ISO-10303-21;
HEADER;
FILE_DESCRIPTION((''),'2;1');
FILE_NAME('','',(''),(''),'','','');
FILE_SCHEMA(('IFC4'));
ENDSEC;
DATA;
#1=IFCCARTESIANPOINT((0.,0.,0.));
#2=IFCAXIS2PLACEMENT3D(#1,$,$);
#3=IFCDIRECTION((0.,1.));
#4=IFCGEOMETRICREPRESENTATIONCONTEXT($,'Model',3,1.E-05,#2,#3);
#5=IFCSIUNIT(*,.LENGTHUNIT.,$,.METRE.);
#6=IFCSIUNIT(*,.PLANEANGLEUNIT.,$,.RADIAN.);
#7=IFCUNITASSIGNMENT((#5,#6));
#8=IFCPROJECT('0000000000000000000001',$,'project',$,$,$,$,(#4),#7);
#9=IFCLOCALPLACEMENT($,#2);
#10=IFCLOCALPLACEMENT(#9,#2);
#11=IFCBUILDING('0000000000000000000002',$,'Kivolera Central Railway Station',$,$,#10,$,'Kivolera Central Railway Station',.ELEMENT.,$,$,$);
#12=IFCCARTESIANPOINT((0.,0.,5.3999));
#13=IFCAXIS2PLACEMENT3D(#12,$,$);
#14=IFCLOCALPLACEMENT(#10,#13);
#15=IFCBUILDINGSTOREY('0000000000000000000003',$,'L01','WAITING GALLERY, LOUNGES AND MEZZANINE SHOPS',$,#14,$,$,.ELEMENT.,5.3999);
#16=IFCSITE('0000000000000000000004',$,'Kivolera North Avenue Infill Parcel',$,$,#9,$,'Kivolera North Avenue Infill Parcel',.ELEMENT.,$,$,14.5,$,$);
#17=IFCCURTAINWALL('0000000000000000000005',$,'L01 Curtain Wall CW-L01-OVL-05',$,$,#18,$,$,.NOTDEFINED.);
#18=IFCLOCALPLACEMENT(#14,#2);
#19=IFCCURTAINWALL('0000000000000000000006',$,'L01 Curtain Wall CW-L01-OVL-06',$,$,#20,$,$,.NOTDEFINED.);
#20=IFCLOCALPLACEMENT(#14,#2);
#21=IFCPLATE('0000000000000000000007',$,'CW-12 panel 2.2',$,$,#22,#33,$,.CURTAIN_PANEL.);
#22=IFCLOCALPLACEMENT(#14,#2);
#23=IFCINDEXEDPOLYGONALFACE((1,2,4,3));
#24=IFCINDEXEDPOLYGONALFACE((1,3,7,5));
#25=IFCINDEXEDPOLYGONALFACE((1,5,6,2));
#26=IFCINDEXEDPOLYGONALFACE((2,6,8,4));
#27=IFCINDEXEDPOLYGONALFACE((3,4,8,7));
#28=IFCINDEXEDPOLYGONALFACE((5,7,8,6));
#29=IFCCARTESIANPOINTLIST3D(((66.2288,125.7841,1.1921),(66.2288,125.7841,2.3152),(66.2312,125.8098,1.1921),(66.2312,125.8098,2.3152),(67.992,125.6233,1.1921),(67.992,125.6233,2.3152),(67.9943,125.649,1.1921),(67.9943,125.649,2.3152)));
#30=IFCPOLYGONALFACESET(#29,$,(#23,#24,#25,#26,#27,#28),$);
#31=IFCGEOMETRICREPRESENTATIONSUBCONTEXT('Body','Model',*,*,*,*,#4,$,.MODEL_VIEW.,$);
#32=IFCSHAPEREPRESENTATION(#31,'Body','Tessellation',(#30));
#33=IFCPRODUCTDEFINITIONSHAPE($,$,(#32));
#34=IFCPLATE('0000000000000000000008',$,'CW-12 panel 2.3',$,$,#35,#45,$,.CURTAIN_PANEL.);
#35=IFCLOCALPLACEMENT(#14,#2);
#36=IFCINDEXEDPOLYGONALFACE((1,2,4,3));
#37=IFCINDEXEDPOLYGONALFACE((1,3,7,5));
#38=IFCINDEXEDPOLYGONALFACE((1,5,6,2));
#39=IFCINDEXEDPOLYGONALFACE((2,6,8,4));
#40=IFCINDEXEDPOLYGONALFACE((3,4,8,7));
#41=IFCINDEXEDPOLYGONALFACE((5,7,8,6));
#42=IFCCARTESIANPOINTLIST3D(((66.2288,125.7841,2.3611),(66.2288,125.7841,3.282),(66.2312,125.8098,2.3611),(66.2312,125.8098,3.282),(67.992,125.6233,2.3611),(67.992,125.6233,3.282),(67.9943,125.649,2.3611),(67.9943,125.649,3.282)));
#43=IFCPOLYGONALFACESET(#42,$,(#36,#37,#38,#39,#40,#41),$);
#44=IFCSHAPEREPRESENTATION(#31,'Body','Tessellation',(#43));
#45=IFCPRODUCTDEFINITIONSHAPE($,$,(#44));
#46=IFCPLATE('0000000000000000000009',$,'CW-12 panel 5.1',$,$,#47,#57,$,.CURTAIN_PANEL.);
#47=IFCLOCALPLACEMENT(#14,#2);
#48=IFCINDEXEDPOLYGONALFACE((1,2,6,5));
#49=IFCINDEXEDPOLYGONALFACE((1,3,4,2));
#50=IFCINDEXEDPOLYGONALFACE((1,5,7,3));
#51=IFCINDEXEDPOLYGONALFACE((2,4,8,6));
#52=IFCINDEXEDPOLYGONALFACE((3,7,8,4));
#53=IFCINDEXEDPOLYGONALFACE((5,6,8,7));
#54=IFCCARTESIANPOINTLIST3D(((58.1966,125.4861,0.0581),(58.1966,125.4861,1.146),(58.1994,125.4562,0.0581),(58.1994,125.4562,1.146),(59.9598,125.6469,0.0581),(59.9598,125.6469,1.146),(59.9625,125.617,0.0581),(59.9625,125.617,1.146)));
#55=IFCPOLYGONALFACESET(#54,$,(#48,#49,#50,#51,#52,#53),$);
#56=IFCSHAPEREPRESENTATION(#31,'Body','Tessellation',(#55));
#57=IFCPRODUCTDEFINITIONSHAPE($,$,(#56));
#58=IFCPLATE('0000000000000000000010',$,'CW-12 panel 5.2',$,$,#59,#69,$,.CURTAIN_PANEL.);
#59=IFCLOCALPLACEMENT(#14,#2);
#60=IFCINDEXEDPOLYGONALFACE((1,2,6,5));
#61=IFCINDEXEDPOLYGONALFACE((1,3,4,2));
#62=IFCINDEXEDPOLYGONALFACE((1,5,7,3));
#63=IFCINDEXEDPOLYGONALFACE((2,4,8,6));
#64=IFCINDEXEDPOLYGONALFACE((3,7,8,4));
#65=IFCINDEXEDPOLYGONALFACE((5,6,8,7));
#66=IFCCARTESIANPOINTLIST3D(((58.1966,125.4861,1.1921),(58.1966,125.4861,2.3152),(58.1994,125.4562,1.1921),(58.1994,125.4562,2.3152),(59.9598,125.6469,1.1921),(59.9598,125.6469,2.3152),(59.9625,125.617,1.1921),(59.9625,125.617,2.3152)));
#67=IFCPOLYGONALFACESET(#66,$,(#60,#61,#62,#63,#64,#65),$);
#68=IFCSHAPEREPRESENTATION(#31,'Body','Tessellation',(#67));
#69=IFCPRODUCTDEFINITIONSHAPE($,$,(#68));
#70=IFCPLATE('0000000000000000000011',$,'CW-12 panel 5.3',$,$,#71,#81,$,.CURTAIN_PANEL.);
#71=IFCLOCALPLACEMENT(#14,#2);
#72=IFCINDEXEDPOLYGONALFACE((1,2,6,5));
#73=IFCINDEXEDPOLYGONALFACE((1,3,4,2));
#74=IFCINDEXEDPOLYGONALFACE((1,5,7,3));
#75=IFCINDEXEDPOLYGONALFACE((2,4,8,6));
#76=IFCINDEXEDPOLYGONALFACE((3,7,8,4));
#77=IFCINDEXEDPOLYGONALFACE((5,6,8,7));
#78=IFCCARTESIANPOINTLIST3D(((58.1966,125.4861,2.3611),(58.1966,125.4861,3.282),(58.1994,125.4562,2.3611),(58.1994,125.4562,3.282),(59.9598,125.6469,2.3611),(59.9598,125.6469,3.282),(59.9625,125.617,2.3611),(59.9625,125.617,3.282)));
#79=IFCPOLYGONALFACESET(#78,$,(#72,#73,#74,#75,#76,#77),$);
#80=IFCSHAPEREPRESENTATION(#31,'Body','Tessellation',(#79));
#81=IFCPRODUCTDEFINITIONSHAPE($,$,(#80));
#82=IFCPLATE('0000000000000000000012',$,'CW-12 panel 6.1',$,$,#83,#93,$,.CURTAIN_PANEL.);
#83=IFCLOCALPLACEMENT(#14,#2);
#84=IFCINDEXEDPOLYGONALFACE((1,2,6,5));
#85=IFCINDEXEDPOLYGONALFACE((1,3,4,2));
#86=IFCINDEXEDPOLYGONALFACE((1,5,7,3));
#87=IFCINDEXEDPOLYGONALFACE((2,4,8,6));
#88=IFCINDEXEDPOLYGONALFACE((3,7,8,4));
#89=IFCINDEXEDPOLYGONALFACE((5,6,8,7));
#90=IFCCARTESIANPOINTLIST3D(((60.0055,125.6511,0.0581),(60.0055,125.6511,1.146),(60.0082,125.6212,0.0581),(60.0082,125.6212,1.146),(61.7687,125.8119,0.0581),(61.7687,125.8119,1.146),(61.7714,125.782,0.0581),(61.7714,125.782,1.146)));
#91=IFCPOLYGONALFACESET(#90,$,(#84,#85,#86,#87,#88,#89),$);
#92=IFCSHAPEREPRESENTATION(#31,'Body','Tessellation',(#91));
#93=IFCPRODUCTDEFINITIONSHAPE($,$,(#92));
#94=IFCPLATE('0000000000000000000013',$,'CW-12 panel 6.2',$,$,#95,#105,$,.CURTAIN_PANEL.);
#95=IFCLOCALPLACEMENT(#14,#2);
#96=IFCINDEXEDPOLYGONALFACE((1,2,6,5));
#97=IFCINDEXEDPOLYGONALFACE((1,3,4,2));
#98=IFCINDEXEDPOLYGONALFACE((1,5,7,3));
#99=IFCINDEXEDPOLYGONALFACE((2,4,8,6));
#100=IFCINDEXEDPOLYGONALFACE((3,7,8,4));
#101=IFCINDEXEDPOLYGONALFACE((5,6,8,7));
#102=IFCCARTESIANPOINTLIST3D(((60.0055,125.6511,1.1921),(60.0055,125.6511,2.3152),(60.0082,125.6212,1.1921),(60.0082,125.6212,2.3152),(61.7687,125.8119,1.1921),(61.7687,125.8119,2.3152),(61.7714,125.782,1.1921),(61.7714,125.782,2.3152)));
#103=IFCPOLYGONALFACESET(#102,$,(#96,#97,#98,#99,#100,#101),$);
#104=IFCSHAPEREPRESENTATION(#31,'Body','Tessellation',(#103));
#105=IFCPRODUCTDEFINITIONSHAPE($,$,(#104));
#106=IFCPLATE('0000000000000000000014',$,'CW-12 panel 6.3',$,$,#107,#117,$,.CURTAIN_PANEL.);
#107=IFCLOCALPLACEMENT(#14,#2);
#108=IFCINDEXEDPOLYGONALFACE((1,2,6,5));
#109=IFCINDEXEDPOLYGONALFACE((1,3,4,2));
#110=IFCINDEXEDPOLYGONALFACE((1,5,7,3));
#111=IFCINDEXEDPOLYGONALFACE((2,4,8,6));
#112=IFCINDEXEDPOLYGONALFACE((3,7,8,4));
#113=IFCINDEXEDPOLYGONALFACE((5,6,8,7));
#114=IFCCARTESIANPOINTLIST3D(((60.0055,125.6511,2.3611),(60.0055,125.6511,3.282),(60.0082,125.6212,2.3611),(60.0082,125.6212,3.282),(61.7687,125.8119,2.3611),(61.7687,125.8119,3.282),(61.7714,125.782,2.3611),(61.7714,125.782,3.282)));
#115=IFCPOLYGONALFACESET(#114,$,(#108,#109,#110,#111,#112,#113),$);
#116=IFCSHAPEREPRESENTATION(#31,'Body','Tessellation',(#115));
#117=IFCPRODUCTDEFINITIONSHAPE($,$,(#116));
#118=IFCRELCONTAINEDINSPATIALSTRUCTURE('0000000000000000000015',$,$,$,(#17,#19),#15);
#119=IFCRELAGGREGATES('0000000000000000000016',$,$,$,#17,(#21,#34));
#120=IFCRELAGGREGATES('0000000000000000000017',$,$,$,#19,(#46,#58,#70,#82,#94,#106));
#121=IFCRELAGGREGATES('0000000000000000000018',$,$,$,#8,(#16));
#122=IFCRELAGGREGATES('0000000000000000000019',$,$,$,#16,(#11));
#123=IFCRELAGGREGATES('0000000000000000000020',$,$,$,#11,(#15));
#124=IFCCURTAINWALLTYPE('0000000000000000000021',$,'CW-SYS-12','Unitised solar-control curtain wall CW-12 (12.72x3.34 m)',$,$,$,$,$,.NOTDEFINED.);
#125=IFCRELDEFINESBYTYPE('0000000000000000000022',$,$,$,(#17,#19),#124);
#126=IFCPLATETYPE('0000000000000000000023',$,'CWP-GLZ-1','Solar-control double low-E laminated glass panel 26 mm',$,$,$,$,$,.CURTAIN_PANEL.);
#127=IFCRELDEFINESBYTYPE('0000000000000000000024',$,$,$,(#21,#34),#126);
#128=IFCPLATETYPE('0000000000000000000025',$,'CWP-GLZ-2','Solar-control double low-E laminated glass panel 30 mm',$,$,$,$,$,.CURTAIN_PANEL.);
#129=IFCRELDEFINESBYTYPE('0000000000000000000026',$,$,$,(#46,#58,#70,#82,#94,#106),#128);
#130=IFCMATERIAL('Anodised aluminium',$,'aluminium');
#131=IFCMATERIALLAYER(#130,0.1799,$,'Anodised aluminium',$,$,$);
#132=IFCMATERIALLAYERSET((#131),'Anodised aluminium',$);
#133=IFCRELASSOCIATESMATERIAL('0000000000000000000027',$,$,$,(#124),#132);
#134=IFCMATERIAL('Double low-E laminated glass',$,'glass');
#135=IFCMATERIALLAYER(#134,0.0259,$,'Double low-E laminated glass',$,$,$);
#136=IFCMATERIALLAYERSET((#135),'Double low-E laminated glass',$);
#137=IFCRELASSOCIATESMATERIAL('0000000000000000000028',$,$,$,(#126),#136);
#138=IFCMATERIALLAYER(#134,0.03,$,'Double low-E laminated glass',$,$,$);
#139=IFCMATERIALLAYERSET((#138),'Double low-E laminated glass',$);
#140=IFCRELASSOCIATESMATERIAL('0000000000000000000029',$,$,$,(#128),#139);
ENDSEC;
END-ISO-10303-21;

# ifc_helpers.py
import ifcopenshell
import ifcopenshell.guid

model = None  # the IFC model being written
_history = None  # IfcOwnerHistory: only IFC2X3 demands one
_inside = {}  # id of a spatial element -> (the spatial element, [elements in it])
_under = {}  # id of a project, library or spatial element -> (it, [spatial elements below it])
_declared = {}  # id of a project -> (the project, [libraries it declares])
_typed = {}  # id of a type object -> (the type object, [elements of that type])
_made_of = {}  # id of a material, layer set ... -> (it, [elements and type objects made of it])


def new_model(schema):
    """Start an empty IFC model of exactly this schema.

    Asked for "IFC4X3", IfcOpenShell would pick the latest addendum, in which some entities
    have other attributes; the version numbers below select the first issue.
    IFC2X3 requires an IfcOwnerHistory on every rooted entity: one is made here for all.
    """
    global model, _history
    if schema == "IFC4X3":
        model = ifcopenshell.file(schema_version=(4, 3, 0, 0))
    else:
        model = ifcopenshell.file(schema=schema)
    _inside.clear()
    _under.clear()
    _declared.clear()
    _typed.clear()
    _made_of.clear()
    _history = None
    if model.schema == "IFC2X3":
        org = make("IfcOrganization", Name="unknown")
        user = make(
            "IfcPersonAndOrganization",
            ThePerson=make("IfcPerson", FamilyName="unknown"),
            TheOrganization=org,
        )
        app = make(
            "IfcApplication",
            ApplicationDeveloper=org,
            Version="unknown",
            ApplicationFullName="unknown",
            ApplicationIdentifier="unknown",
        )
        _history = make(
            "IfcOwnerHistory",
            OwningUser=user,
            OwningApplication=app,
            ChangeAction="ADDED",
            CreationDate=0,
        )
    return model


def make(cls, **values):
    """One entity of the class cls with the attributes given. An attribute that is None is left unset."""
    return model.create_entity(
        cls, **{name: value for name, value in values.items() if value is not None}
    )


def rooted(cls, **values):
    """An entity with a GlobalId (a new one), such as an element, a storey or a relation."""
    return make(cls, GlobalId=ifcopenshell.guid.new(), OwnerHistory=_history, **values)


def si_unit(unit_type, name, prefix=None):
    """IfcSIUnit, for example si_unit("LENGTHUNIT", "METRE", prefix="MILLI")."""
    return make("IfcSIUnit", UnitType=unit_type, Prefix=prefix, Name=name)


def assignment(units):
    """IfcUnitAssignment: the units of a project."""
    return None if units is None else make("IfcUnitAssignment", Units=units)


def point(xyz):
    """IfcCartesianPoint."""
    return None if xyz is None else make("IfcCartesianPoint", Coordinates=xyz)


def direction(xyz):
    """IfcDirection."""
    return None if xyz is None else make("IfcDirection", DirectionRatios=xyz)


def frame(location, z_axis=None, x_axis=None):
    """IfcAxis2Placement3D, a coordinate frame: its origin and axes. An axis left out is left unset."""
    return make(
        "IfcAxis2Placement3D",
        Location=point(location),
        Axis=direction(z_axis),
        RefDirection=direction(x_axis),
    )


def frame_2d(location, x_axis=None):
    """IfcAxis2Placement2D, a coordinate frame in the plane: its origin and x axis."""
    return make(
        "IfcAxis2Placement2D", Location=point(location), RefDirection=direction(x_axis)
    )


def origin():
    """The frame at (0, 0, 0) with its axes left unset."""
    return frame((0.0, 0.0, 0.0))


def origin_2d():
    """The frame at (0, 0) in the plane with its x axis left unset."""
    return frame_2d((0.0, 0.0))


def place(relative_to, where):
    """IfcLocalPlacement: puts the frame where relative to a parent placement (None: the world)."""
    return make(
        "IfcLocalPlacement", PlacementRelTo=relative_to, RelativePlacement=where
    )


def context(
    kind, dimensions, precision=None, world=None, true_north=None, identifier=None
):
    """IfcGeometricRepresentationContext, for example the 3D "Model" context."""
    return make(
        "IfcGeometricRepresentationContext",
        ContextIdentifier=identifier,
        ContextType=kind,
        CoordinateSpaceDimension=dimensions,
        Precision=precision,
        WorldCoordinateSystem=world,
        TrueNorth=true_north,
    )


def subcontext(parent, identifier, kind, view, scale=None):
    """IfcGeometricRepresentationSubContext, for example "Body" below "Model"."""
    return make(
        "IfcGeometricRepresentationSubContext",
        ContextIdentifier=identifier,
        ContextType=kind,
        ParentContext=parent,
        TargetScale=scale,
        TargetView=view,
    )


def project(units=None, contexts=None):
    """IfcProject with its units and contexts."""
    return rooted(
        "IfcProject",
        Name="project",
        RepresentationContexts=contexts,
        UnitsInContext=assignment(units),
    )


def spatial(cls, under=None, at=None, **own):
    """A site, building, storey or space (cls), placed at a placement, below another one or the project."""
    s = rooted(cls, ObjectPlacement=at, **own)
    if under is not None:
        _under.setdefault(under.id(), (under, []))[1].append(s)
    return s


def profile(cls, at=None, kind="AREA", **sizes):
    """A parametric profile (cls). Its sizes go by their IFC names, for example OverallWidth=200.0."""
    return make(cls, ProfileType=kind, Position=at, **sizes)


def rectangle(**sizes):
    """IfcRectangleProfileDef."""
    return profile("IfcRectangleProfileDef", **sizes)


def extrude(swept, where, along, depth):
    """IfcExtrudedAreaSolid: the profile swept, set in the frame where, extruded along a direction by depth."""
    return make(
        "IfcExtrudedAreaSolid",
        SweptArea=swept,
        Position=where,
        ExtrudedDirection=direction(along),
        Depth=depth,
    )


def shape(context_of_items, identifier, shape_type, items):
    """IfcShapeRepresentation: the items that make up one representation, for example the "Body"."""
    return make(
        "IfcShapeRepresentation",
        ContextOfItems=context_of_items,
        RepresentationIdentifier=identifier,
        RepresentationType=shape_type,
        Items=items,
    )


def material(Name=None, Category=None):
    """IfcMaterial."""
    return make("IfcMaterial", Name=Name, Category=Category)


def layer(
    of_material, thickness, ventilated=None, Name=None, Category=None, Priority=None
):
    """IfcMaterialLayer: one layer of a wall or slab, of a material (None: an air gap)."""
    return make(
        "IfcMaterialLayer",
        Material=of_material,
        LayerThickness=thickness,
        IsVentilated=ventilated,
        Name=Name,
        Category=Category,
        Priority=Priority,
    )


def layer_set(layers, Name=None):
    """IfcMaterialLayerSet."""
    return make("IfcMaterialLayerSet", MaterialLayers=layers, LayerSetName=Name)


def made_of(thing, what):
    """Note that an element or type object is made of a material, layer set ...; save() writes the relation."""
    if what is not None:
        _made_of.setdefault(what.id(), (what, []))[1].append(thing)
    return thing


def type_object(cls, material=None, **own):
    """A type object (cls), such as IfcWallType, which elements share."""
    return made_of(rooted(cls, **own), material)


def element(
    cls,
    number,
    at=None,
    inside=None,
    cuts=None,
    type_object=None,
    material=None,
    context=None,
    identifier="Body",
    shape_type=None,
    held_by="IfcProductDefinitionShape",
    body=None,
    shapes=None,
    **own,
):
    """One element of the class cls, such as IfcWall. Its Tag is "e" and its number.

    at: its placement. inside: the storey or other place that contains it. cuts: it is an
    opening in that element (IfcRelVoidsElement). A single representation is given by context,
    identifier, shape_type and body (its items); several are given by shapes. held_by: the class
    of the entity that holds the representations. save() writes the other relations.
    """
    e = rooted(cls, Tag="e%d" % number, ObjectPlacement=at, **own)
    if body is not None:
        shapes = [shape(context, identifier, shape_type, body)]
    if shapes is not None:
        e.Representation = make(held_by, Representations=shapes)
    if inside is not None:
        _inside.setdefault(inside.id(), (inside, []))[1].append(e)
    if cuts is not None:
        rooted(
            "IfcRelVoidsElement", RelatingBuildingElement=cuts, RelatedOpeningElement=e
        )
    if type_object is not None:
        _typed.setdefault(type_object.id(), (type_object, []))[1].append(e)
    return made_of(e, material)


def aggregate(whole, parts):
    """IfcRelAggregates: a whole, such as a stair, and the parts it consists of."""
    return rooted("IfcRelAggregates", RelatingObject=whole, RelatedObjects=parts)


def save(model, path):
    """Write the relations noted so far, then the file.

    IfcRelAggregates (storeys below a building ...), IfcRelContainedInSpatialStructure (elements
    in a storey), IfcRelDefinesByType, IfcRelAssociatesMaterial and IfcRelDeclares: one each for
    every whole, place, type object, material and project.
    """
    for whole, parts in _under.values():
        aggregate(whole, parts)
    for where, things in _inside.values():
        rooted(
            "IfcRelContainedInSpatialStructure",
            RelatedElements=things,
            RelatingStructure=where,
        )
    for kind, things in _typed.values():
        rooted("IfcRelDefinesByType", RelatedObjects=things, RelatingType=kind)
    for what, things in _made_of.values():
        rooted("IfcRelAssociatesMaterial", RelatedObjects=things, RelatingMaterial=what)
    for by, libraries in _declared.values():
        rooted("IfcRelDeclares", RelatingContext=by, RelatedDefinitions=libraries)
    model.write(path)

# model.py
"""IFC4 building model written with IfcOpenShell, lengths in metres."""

from ifc_helpers import new_model, si_unit, direction, frame, origin, origin_2d, place, context, subcontext, project, spatial, rectangle, extrude, material, layer, layer_set, type_object, element, aggregate, save


model = new_model("IFC4")

# Units and contexts
model_context = context("Model", 3, precision=1e-05, world=origin(), true_north=direction((0.0, 1.0)))
body_context = subcontext(model_context, "Body", "Model", "MODEL_VIEW")
ifc_project = project(units=[si_unit("LENGTHUNIT", "METRE"), si_unit("PLANEANGLEUNIT", "RADIAN")], contexts=[model_context])

# Site, building, storey
site_placement = place(None, origin())
site = spatial("IfcSite", under=ifc_project, at=site_placement, Name="Kivolera North Avenue Infill Parcel", LongName="Kivolera North Avenue Infill Parcel", CompositionType="ELEMENT", RefElevation=14.5)
building_placement = place(site_placement, origin())
building = spatial("IfcBuilding", under=site, at=building_placement, Name="Kivolera Central Railway Station", LongName="Kivolera Central Railway Station", CompositionType="ELEMENT")
storey_placement = place(building_placement, frame((0.0, 0.0, 5.3999)))
storey = spatial("IfcBuildingStorey", under=building, at=storey_placement, Name="L01", Description="WAITING GALLERY, LOUNGES AND MEZZANINE SHOPS", CompositionType="ELEMENT", Elevation=5.3999)

# Curtain wall
ifc_material_1 = material(Name="Anodised aluminium", Category="aluminium")
ifc_layer_1 = layer(ifc_material_1, 0.1799, Name="Anodised aluminium")
ifc_layer_set_1 = layer_set([ifc_layer_1], Name="Anodised aluminium")
curtain_wall_type = type_object("IfcCurtainWallType", Name="CW-SYS-12", Description="Unitised solar-control curtain wall CW-12 (12.72x3.34 m)", PredefinedType="NOTDEFINED", material=ifc_layer_set_1)
curtain_wall_1_placement = place(storey_placement, origin())
curtain_wall_1 = element("IfcCurtainWall", 1, at=curtain_wall_1_placement, inside=storey, type_object=curtain_wall_type, Name="L01 Curtain Wall CW-L01-OVL-05", PredefinedType="NOTDEFINED")

# Curtain wall
curtain_wall_2_placement = place(storey_placement, origin())
curtain_wall_2 = element("IfcCurtainWall", 2, at=curtain_wall_2_placement, inside=storey, type_object=curtain_wall_type, Name="L01 Curtain Wall CW-L01-OVL-06", PredefinedType="NOTDEFINED")

# Plates
ifc_material_2 = material(Name="Double low-E laminated glass", Category="glass")
ifc_layer_2 = layer(ifc_material_2, 0.0259, Name="Double low-E laminated glass")
ifc_layer_set_2 = layer_set([ifc_layer_2], Name="Double low-E laminated glass")
plate_type_1 = type_object("IfcPlateType", Name="CWP-GLZ-1", Description="Solar-control double low-E laminated glass panel 26 mm", PredefinedType="CURTAIN_PANEL", material=ifc_layer_set_2)
plate_1_placement = place(storey_placement, frame((67.1116, 125.7166, 1.1921), z_axis=(0.0, 0.0, 1.0), x_axis=(0.995866, -0.090834, 0.0)))
plate_1 = element("IfcPlate", 3, at=plate_1_placement, type_object=plate_type_1, Name="CW-12 panel 2.2", PredefinedType="CURTAIN_PANEL", context=body_context, shape_type="SweptSolid", body=[
    extrude(rectangle(XDim=1.7705, YDim=0.0259, at=origin_2d()), origin(), (0.0, 0.0, 1.0), 1.123),
])
plate_2_placement = place(storey_placement, frame((67.1116, 125.7166, 2.3611), z_axis=(0.0, 0.0, 1.0), x_axis=(0.995866, -0.090834, 0.0)))
plate_2 = element("IfcPlate", 4, at=plate_2_placement, type_object=plate_type_1, Name="CW-12 panel 2.3", PredefinedType="CURTAIN_PANEL", context=body_context, shape_type="SweptSolid", body=[
    extrude(rectangle(XDim=1.7705, YDim=0.0259, at=origin_2d()), origin(), (0.0, 0.0, 1.0), 0.9209),
])
aggregate(curtain_wall_1, [plate_1, plate_2])
ifc_layer_3 = layer(ifc_material_2, 0.03, Name="Double low-E laminated glass")
ifc_layer_set_3 = layer_set([ifc_layer_3], Name="Double low-E laminated glass")
plate_type_2 = type_object("IfcPlateType", Name="CWP-GLZ-2", Description="Solar-control double low-E laminated glass panel 30 mm", PredefinedType="CURTAIN_PANEL", material=ifc_layer_set_3)
plate_3_placement = place(storey_placement, frame((59.0796, 125.5515, 0.0581), z_axis=(0.0, 0.0, 1.0), x_axis=(0.995866, 0.090834, 0.0)))
plate_3 = element("IfcPlate", 5, at=plate_3_placement, type_object=plate_type_2, Name="CW-12 panel 5.1", PredefinedType="CURTAIN_PANEL", context=body_context, shape_type="SweptSolid", body=[
    extrude(rectangle(XDim=1.7705, YDim=0.03, at=origin_2d()), origin(), (0.0, 0.0, 1.0), 1.0879),
])
plate_4_placement = place(storey_placement, frame((59.0796, 125.5515, 1.1921), z_axis=(0.0, 0.0, 1.0), x_axis=(0.995866, 0.090834, 0.0)))
plate_4 = element("IfcPlate", 6, at=plate_4_placement, type_object=plate_type_2, Name="CW-12 panel 5.2", PredefinedType="CURTAIN_PANEL", context=body_context, shape_type="SweptSolid", body=[
    extrude(rectangle(XDim=1.7705, YDim=0.03, at=origin_2d()), origin(), (0.0, 0.0, 1.0), 1.123),
])
plate_5_placement = place(storey_placement, frame((59.0796, 125.5515, 2.3611), z_axis=(0.0, 0.0, 1.0), x_axis=(0.995866, 0.090834, 0.0)))
plate_5 = element("IfcPlate", 7, at=plate_5_placement, type_object=plate_type_2, Name="CW-12 panel 5.3", PredefinedType="CURTAIN_PANEL", context=body_context, shape_type="SweptSolid", body=[
    extrude(rectangle(XDim=1.7705, YDim=0.03, at=origin_2d()), origin(), (0.0, 0.0, 1.0), 0.9209),
])
plate_6_placement = place(storey_placement, frame((60.8884, 125.7166, 0.0581), z_axis=(0.0, 0.0, 1.0), x_axis=(0.995866, 0.090834, 0.0)))
plate_6 = element("IfcPlate", 8, at=plate_6_placement, type_object=plate_type_2, Name="CW-12 panel 6.1", PredefinedType="CURTAIN_PANEL", context=body_context, shape_type="SweptSolid", body=[
    extrude(rectangle(XDim=1.7705, YDim=0.03, at=origin_2d()), origin(), (0.0, 0.0, 1.0), 1.0879),
])
plate_7_placement = place(storey_placement, frame((60.8884, 125.7166, 1.1921), z_axis=(0.0, 0.0, 1.0), x_axis=(0.995866, 0.090834, 0.0)))
plate_7 = element("IfcPlate", 9, at=plate_7_placement, type_object=plate_type_2, Name="CW-12 panel 6.2", PredefinedType="CURTAIN_PANEL", context=body_context, shape_type="SweptSolid", body=[
    extrude(rectangle(XDim=1.7705, YDim=0.03, at=origin_2d()), origin(), (0.0, 0.0, 1.0), 1.123),
])
plate_8_placement = place(storey_placement, frame((60.8884, 125.7166, 2.3611), z_axis=(0.0, 0.0, 1.0), x_axis=(0.995866, 0.090834, 0.0)))
plate_8 = element("IfcPlate", 10, at=plate_8_placement, type_object=plate_type_2, Name="CW-12 panel 6.3", PredefinedType="CURTAIN_PANEL", context=body_context, shape_type="SweptSolid", body=[
    extrude(rectangle(XDim=1.7705, YDim=0.03, at=origin_2d()), origin(), (0.0, 0.0, 1.0), 0.9209),
])
aggregate(curtain_wall_2, [plate_3, plate_4, plate_5, plate_6, plate_7, plate_8])

save(model, "model.ifc")
